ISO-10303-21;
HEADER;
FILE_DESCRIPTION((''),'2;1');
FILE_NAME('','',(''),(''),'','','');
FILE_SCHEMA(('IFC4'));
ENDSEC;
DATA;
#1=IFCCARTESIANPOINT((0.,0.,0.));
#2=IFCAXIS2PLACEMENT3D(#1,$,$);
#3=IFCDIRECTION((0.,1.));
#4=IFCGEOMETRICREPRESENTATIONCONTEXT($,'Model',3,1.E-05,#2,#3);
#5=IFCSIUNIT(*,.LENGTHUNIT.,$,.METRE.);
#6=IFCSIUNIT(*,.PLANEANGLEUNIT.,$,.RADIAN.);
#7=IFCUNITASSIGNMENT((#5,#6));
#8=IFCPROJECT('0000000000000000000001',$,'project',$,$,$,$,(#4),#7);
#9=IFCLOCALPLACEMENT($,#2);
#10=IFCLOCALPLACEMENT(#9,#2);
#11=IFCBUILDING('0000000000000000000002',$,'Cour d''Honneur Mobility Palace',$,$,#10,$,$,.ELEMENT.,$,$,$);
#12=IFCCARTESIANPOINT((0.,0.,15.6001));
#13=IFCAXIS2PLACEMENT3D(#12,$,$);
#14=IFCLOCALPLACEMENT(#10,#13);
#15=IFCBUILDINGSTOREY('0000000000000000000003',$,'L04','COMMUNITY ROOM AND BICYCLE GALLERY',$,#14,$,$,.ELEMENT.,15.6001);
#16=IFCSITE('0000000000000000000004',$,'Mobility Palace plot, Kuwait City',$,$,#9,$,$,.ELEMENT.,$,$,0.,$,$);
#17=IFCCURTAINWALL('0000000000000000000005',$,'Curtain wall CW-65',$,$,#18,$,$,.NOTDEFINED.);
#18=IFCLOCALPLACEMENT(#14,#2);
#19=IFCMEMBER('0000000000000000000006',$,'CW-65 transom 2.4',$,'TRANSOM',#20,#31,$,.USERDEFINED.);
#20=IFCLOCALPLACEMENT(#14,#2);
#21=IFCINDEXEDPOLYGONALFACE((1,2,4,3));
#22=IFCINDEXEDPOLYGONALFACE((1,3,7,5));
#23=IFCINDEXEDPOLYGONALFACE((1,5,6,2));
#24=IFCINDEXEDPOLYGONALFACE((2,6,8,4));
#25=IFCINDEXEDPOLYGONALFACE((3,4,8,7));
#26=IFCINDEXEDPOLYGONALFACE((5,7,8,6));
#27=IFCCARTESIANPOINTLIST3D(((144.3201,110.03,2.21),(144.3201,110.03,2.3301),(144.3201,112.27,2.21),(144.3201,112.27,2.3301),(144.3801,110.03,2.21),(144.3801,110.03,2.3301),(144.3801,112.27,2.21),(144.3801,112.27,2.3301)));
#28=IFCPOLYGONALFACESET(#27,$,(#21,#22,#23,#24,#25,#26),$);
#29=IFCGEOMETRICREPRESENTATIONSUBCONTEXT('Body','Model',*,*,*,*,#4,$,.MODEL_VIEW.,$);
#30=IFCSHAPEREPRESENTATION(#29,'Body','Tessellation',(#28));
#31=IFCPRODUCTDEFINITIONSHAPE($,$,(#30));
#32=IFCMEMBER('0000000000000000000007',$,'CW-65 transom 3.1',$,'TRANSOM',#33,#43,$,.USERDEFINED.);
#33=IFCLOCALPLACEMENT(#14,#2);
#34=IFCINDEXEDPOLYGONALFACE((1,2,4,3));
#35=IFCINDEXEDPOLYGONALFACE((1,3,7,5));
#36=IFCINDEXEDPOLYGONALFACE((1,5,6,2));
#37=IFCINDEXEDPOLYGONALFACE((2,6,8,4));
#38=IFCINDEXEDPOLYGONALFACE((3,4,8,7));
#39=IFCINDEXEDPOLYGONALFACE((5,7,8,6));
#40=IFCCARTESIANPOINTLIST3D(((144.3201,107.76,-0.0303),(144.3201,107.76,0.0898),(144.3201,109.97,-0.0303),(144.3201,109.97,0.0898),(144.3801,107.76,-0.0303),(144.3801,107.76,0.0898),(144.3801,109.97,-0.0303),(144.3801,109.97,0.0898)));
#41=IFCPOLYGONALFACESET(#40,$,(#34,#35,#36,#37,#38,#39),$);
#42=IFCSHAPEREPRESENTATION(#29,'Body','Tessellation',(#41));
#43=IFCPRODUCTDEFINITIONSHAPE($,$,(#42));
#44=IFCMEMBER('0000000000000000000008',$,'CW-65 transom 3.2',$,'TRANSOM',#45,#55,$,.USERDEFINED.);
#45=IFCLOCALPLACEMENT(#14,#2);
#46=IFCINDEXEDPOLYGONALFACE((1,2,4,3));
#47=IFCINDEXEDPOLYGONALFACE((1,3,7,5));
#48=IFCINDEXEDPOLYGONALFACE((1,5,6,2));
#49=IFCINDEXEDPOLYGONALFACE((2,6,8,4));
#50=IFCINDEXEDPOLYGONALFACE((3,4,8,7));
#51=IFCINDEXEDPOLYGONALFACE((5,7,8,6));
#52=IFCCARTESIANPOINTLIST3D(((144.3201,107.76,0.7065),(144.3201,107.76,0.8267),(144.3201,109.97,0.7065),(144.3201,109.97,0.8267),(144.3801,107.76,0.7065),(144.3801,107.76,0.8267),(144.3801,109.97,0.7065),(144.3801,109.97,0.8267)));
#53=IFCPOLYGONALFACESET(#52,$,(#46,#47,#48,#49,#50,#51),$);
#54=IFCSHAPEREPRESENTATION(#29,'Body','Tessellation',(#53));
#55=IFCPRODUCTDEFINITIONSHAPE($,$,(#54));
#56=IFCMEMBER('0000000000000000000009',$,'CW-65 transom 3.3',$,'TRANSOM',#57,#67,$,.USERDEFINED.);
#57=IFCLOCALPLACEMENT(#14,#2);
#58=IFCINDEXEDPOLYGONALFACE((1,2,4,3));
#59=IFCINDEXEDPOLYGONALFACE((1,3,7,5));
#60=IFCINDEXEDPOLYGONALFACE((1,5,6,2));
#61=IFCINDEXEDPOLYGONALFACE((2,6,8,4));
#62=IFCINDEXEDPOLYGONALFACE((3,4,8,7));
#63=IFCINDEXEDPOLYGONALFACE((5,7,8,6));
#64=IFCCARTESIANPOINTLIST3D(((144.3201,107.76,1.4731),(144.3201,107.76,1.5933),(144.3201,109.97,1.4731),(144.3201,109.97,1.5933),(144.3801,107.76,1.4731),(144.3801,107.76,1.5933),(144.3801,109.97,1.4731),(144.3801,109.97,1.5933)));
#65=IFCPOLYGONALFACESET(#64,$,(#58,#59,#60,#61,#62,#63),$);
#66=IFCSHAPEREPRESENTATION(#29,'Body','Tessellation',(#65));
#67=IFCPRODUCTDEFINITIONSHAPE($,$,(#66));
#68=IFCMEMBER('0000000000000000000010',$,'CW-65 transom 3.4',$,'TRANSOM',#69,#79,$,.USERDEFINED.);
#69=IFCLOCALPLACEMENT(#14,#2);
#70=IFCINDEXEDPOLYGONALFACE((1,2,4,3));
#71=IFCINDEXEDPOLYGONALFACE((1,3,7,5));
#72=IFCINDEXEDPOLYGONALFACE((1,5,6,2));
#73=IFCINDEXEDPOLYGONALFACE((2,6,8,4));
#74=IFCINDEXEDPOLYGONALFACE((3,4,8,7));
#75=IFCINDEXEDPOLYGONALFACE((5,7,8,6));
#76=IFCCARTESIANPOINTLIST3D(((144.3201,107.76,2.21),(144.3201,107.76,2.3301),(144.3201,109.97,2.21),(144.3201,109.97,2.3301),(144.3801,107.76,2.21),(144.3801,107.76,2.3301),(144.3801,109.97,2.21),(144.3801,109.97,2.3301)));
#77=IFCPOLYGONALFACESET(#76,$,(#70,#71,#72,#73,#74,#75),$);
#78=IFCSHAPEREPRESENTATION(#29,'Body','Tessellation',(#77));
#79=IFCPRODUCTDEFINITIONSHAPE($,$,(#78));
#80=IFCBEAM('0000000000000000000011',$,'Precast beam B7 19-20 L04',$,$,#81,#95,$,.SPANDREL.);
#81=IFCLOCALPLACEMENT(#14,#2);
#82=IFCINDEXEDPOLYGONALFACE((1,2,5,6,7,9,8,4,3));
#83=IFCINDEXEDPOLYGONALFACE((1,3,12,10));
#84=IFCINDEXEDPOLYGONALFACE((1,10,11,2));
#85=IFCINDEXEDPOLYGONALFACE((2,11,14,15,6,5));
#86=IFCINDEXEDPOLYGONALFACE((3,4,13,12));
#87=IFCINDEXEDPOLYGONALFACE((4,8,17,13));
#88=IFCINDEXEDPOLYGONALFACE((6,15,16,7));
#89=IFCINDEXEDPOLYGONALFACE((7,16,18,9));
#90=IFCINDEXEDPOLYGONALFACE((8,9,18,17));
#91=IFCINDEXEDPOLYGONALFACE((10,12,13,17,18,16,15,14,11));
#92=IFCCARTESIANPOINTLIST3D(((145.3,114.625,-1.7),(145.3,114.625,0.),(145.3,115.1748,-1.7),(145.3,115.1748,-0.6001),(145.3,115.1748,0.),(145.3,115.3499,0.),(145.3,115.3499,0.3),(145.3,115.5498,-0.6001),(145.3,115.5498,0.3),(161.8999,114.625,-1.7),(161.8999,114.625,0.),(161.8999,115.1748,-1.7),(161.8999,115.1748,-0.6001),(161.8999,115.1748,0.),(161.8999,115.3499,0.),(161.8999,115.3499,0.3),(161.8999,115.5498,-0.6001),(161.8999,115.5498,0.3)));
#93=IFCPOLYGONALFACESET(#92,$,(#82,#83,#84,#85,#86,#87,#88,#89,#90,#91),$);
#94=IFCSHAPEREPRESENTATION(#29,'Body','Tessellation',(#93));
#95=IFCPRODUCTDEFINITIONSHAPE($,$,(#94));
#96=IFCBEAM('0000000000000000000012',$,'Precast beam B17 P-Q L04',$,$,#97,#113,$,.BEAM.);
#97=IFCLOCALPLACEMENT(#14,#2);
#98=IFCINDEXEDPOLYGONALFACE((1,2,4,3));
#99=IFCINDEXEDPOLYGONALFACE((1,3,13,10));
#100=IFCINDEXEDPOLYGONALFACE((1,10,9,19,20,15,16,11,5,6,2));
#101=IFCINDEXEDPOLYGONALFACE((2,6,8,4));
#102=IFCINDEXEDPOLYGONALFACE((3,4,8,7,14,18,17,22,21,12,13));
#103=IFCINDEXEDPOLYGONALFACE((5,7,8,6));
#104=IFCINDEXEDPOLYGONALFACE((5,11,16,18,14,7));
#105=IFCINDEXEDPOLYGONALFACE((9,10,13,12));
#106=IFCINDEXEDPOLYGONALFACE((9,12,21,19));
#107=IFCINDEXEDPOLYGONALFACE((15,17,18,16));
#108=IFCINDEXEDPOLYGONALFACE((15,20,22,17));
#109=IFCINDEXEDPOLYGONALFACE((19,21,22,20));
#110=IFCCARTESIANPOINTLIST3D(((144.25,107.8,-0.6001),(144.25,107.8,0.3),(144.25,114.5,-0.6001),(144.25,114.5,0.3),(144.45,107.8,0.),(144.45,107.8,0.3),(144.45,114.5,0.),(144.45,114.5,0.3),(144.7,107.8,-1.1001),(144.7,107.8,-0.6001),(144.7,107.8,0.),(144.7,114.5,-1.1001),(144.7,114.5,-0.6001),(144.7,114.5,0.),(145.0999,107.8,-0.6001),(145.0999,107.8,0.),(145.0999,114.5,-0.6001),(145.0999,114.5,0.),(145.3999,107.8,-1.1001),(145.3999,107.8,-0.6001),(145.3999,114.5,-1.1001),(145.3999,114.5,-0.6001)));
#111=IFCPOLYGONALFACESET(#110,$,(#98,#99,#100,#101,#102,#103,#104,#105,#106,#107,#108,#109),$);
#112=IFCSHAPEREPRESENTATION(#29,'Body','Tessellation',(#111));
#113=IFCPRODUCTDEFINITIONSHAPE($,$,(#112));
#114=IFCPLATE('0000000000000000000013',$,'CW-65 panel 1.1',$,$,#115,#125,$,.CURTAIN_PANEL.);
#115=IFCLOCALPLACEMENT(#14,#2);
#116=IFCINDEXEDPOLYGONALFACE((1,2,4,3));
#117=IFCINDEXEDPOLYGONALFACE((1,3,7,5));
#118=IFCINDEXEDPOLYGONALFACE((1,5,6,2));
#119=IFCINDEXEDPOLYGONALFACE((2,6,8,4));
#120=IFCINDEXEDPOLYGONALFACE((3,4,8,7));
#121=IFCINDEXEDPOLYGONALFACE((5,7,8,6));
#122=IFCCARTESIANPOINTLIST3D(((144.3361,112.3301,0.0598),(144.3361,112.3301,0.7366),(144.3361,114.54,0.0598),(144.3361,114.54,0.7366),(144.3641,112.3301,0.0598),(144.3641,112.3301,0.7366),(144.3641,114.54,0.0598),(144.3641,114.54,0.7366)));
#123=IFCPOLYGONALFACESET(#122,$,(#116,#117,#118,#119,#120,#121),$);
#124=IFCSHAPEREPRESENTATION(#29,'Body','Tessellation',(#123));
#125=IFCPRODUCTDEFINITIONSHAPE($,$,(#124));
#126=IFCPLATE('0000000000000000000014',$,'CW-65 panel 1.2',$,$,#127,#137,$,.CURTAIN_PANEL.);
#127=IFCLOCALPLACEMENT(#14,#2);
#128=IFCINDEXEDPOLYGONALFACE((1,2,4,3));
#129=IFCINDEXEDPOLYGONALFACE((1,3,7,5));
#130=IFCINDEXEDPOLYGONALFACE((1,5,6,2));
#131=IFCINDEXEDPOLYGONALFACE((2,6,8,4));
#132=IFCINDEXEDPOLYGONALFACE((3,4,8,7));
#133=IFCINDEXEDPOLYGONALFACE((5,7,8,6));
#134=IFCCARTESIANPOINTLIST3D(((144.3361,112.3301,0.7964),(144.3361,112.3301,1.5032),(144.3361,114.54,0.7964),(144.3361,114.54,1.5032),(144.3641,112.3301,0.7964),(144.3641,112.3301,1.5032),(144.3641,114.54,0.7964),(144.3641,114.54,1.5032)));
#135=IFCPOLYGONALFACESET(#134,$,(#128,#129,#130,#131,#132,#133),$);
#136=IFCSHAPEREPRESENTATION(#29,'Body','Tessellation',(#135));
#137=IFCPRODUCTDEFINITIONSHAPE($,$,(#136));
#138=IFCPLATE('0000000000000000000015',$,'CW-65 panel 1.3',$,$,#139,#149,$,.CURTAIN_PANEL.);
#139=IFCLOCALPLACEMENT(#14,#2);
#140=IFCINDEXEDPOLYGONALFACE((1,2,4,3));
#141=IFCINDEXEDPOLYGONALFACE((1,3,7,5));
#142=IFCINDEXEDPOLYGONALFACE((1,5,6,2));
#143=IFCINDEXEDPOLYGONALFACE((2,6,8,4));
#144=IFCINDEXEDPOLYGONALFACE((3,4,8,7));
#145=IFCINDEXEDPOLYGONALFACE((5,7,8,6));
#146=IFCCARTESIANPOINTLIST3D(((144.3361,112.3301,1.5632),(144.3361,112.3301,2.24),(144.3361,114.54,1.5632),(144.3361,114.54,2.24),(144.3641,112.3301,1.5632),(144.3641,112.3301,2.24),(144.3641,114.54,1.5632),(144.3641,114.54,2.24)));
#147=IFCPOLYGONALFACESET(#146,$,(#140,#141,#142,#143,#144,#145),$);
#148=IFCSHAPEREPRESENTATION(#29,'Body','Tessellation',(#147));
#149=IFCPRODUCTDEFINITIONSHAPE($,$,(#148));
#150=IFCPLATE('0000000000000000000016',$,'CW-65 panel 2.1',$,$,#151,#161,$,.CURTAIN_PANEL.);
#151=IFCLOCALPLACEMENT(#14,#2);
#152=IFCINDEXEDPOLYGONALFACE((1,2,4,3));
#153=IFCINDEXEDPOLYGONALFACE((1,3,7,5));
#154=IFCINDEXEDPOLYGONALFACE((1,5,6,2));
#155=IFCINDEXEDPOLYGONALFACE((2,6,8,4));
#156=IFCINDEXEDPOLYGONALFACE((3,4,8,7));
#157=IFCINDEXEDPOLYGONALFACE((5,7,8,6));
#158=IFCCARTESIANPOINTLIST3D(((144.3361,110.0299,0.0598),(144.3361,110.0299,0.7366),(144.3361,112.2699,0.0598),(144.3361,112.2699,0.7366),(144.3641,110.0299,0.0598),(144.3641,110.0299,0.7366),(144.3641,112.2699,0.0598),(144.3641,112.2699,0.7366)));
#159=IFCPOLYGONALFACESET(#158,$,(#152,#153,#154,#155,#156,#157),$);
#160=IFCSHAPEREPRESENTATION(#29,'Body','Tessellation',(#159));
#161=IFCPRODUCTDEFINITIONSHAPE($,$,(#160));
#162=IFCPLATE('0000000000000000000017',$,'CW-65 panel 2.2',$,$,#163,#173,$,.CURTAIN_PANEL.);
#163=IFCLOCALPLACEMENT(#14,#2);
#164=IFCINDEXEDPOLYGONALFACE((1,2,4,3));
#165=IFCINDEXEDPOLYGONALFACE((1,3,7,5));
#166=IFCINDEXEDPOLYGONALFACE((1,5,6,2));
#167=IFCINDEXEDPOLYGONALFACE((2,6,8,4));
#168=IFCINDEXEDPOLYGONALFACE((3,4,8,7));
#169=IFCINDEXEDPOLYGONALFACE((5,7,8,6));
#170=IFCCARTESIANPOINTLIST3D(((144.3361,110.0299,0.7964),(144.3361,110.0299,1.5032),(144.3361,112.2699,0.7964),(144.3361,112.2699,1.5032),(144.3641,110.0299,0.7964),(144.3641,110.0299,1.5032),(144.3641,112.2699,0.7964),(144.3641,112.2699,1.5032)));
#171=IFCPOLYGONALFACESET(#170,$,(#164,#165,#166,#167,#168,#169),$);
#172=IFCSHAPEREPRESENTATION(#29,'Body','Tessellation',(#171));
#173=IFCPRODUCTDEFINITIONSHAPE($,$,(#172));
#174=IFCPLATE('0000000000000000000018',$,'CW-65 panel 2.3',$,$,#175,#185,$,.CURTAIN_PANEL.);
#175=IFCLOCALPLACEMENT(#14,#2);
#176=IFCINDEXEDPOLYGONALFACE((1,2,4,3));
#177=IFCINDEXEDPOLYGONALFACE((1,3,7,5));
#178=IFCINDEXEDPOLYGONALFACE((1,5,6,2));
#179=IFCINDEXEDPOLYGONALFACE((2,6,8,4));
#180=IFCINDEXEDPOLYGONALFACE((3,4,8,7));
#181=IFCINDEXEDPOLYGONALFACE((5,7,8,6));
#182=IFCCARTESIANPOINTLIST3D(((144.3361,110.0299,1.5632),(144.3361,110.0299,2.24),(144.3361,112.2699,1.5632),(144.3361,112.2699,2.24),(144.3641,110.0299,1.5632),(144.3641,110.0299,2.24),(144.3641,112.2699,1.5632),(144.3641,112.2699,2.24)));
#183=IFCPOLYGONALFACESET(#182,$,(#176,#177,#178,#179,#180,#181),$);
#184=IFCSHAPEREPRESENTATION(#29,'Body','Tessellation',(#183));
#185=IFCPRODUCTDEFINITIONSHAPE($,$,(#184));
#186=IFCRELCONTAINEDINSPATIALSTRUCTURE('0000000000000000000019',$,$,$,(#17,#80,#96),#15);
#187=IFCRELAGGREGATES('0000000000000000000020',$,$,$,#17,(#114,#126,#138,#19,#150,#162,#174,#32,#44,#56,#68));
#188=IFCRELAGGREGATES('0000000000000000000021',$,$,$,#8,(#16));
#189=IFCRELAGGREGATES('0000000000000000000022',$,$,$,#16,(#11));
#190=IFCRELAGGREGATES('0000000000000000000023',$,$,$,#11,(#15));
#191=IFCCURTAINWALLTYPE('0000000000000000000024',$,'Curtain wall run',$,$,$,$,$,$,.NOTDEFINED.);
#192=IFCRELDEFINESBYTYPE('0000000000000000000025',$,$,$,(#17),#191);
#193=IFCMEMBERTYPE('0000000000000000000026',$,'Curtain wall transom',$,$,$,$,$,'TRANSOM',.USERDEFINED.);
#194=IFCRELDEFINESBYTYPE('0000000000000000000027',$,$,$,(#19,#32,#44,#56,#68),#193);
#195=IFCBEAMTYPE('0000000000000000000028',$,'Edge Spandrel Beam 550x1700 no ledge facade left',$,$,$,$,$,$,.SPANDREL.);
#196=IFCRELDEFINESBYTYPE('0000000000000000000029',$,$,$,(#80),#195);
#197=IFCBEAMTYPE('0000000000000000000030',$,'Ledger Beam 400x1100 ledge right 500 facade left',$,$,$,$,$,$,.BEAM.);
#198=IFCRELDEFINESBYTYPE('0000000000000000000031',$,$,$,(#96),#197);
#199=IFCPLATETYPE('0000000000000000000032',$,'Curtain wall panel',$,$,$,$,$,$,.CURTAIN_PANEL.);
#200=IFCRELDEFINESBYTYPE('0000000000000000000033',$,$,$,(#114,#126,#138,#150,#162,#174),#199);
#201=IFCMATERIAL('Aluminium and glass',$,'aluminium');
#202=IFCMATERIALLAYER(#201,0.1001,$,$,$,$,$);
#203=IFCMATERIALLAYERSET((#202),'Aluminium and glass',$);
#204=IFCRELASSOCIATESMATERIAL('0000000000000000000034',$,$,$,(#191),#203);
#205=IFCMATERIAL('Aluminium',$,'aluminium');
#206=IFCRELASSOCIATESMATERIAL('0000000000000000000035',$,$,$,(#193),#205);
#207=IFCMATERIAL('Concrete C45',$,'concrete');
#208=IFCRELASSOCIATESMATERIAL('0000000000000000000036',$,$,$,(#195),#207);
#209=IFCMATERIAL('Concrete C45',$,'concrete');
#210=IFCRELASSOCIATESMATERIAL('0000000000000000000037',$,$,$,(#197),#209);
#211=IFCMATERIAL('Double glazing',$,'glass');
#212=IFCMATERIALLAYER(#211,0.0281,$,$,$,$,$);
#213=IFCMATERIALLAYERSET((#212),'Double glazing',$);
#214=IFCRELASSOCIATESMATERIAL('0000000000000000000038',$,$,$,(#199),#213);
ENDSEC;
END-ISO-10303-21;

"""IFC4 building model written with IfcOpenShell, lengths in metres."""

from ifc_helpers import new_model, si_unit, direction, frame, origin, origin_2d, place, context, subcontext, project, spatial, polyline, rectangle, outline, extrude, material, layer, layer_set, material_profile, profile_set, type_object, element, aggregate, save


model = new_model("IFC4")

# Units and contexts
model_context = context("Model", 3, precision=1e-05, world=origin(), true_north=direction((0.0, 1.0)))
body_context = subcontext(model_context, "Body", "Model", "MODEL_VIEW")
ifc_project = project(units=[si_unit("LENGTHUNIT", "METRE"), si_unit("PLANEANGLEUNIT", "RADIAN")], contexts=[model_context])

# Site, building, storey
site_placement = place(None, origin())
site = spatial("IfcSite", under=ifc_project, at=site_placement, Name="Mobility Palace plot, Kuwait City", CompositionType="ELEMENT", RefElevation=0.0)
building_placement = place(site_placement, origin())
building = spatial("IfcBuilding", under=site, at=building_placement, Name="Cour d'Honneur Mobility Palace", CompositionType="ELEMENT")
storey_placement = place(building_placement, frame((0.0, 0.0, 15.6001)))
storey = spatial("IfcBuildingStorey", under=building, at=storey_placement, Name="L04", Description="COMMUNITY ROOM AND BICYCLE GALLERY", CompositionType="ELEMENT", Elevation=15.6001)

# Curtain wall, members
ifc_material_1 = material(Name="Aluminium and glass", Category="aluminium")
ifc_layer_1 = layer(ifc_material_1, 0.1001)
ifc_layer_set_1 = layer_set([ifc_layer_1], Name="Aluminium and glass")
curtain_wall_type = type_object("IfcCurtainWallType", Name="Curtain wall run", PredefinedType="NOTDEFINED", material=ifc_layer_set_1)
curtain_wall_placement = place(storey_placement, origin())
curtain_wall = element("IfcCurtainWall", 1, at=curtain_wall_placement, inside=storey, type_object=curtain_wall_type, Name="Curtain wall CW-65", PredefinedType="NOTDEFINED")
ifc_material_2 = material(Name="Aluminium", Category="aluminium")
ifc_material_profile_1 = material_profile(ifc_material_2, rectangle(XDim=0.0601, YDim=0.1201, at=origin_2d()), Name="Curtain wall transom")
ifc_profile_set_1 = profile_set([ifc_material_profile_1], Name="Aluminium")
member_type_1 = type_object("IfcMemberType", Name="Curtain wall transom", ElementType="TRANSOM", PredefinedType="USERDEFINED", material=ifc_profile_set_1)
member_1_placement = place(storey_placement, frame((144.3501, 112.27, 2.27), z_axis=(0.0, -1.0, 0.0), x_axis=(1.0, 0.0, 0.0)))
member_1 = element("IfcMember", 2, at=member_1_placement, type_object=member_type_1, Name="CW-65 transom 2.4", ObjectType="TRANSOM", PredefinedType="USERDEFINED", context=body_context, shape_type="SweptSolid", body=[
    extrude(rectangle(XDim=0.0601, YDim=0.1201, at=origin_2d()), origin(), (0.0, 0.0, 1.0), 2.24),
])
member_2_placement = place(storey_placement, frame((144.3501, 109.97, 0.0298), z_axis=(0.0, -1.0, 0.0), x_axis=(1.0, 0.0, 0.0)))
member_2 = element("IfcMember", 3, at=member_2_placement, type_object=member_type_1, Name="CW-65 transom 3.1", ObjectType="TRANSOM", PredefinedType="USERDEFINED", context=body_context, shape_type="SweptSolid", body=[
    extrude(rectangle(XDim=0.0601, YDim=0.1201, at=origin_2d()), origin(), (0.0, 0.0, 1.0), 2.21),
])
member_3_placement = place(storey_placement, frame((144.3501, 109.97, 0.7666), z_axis=(0.0, -1.0, 0.0), x_axis=(1.0, 0.0, 0.0)))
member_3 = element("IfcMember", 4, at=member_3_placement, type_object=member_type_1, Name="CW-65 transom 3.2", ObjectType="TRANSOM", PredefinedType="USERDEFINED", context=body_context, shape_type="SweptSolid", body=[
    extrude(rectangle(XDim=0.0601, YDim=0.1201, at=origin_2d()), origin(), (0.0, 0.0, 1.0), 2.21),
])
member_4_placement = place(storey_placement, frame((144.3501, 109.97, 1.5332), z_axis=(0.0, -1.0, 0.0), x_axis=(1.0, 0.0, 0.0)))
member_4 = element("IfcMember", 5, at=member_4_placement, type_object=member_type_1, Name="CW-65 transom 3.3", ObjectType="TRANSOM", PredefinedType="USERDEFINED", context=body_context, shape_type="SweptSolid", body=[
    extrude(rectangle(XDim=0.0601, YDim=0.1201, at=origin_2d()), origin(), (0.0, 0.0, 1.0), 2.21),
])
member_5_placement = place(storey_placement, frame((144.3501, 109.97, 2.27), z_axis=(0.0, -1.0, 0.0), x_axis=(1.0, 0.0, 0.0)))
member_5 = element("IfcMember", 6, at=member_5_placement, type_object=member_type_1, Name="CW-65 transom 3.4", ObjectType="TRANSOM", PredefinedType="USERDEFINED", context=body_context, shape_type="SweptSolid", body=[
    extrude(rectangle(XDim=0.0601, YDim=0.1201, at=origin_2d()), origin(), (0.0, 0.0, 1.0), 2.21),
])

# Beams
ifc_material_3 = material(Name="Concrete C45", Category="concrete")
ifc_material_profile_2 = material_profile(ifc_material_3, outline(polyline([(0.2749, -1.7), (0.2749, -0.6001), (0.6499, -0.6001), (0.6499, 0.3), (0.45, 0.3), (0.45, 0.0), (0.2749, 0.0), (-0.2749, 0.0), (-0.2749, -1.7), (0.2749, -1.7)])), Name="Edge Spandrel Beam 550x1700 no ledge facade left")
ifc_profile_set_2 = profile_set([ifc_material_profile_2], Name="Concrete C45")
beam_type_1 = type_object("IfcBeamType", Name="Edge Spandrel Beam 550x1700 no ledge facade left", PredefinedType="SPANDREL", material=ifc_profile_set_2)
beam_1_placement = place(storey_placement, frame((145.3, 114.8999, 0.0), z_axis=(1.0, 0.0, 0.0), x_axis=(0.0, 1.0, 0.0)))
element("IfcBeam", 7, at=beam_1_placement, inside=storey, type_object=beam_type_1, Name="Precast beam B7 19-20 L04", PredefinedType="SPANDREL", context=body_context, shape_type="SweptSolid", body=[
    extrude(outline(polyline([(0.2749, -1.7), (0.2749, -0.6001), (0.6499, -0.6001), (0.6499, 0.3), (0.45, 0.3), (0.45, 0.0), (0.2749, 0.0), (-0.2749, 0.0), (-0.2749, -1.7), (0.2749, -1.7)])), origin(), (0.0, 0.0, 1.0), 16.5999),
])
ifc_material_4 = material(Name="Concrete C45", Category="concrete")
ifc_material_profile_3 = material_profile(ifc_material_4, outline(polyline([(0.2, -1.1001), (0.2, -0.6001), (0.6499, -0.6001), (0.6499, 0.3), (0.45, 0.3), (0.45, 0.0), (0.2, 0.0), (-0.2, 0.0), (-0.2, -0.6001), (-0.5, -0.6001), (-0.5, -1.1001), (0.2, -1.1001)])), Name="Ledger Beam 400x1100 ledge right 500 facade left")
ifc_profile_set_3 = profile_set([ifc_material_profile_3], Name="Concrete C45")
beam_type_2 = type_object("IfcBeamType", Name="Ledger Beam 400x1100 ledge right 500 facade left", PredefinedType="BEAM", material=ifc_profile_set_3)
beam_2_placement = place(storey_placement, frame((144.8999, 107.8, 0.0), z_axis=(0.0, 1.0, 0.0), x_axis=(-1.0, 0.0, 0.0)))
element("IfcBeam", 8, at=beam_2_placement, inside=storey, type_object=beam_type_2, Name="Precast beam B17 P-Q L04", PredefinedType="BEAM", context=body_context, shape_type="SweptSolid", body=[
    extrude(outline(polyline([(0.2, -1.1001), (0.2, -0.6001), (0.6499, -0.6001), (0.6499, 0.3), (0.45, 0.3), (0.45, 0.0), (0.2, 0.0), (-0.2, 0.0), (-0.2, -0.6001), (-0.5, -0.6001), (-0.5, -1.1001), (0.2, -1.1001)])), origin(), (0.0, 0.0, 1.0), 6.7),
])

# Plates
ifc_material_5 = material(Name="Double glazing", Category="glass")
ifc_layer_2 = layer(ifc_material_5, 0.0281)
ifc_layer_set_2 = layer_set([ifc_layer_2], Name="Double glazing")
plate_type = type_object("IfcPlateType", Name="Curtain wall panel", PredefinedType="CURTAIN_PANEL", material=ifc_layer_set_2)
plate_1_placement = place(storey_placement, frame((144.3501, 113.4351, 0.0598), z_axis=(0.0, 0.0, 1.0), x_axis=(0.0, -1.0, 0.0)))
plate_1 = element("IfcPlate", 9, at=plate_1_placement, type_object=plate_type, Name="CW-65 panel 1.1", PredefinedType="CURTAIN_PANEL", context=body_context, shape_type="SweptSolid", body=[
    extrude(rectangle(XDim=2.21, YDim=0.0281, at=origin_2d()), origin(), (0.0, 0.0, 1.0), 0.6768),
])
plate_2_placement = place(storey_placement, frame((144.3501, 113.4351, 0.7964), z_axis=(0.0, 0.0, 1.0), x_axis=(0.0, -1.0, 0.0)))
plate_2 = element("IfcPlate", 10, at=plate_2_placement, type_object=plate_type, Name="CW-65 panel 1.2", PredefinedType="CURTAIN_PANEL", context=body_context, shape_type="SweptSolid", body=[
    extrude(rectangle(XDim=2.21, YDim=0.0281, at=origin_2d()), origin(), (0.0, 0.0, 1.0), 0.7068),
])
plate_3_placement = place(storey_placement, frame((144.3501, 113.4351, 1.5632), z_axis=(0.0, 0.0, 1.0), x_axis=(0.0, -1.0, 0.0)))
plate_3 = element("IfcPlate", 11, at=plate_3_placement, type_object=plate_type, Name="CW-65 panel 1.3", PredefinedType="CURTAIN_PANEL", context=body_context, shape_type="SweptSolid", body=[
    extrude(rectangle(XDim=2.21, YDim=0.0281, at=origin_2d()), origin(), (0.0, 0.0, 1.0), 0.6768),
])
plate_4_placement = place(storey_placement, frame((144.3501, 111.1499, 0.0598), z_axis=(0.0, 0.0, 1.0), x_axis=(0.0, -1.0, 0.0)))
plate_4 = element("IfcPlate", 12, at=plate_4_placement, type_object=plate_type, Name="CW-65 panel 2.1", PredefinedType="CURTAIN_PANEL", context=body_context, shape_type="SweptSolid", body=[
    extrude(rectangle(XDim=2.24, YDim=0.0281, at=origin_2d()), origin(), (0.0, 0.0, 1.0), 0.6768),
])
plate_5_placement = place(storey_placement, frame((144.3501, 111.1499, 0.7964), z_axis=(0.0, 0.0, 1.0), x_axis=(0.0, -1.0, 0.0)))
plate_5 = element("IfcPlate", 13, at=plate_5_placement, type_object=plate_type, Name="CW-65 panel 2.2", PredefinedType="CURTAIN_PANEL", context=body_context, shape_type="SweptSolid", body=[
    extrude(rectangle(XDim=2.24, YDim=0.0281, at=origin_2d()), origin(), (0.0, 0.0, 1.0), 0.7068),
])
plate_6_placement = place(storey_placement, frame((144.3501, 111.1499, 1.5632), z_axis=(0.0, 0.0, 1.0), x_axis=(0.0, -1.0, 0.0)))
plate_6 = element("IfcPlate", 14, at=plate_6_placement, type_object=plate_type, Name="CW-65 panel 2.3", PredefinedType="CURTAIN_PANEL", context=body_context, shape_type="SweptSolid", body=[
    extrude(rectangle(XDim=2.24, YDim=0.0281, at=origin_2d()), origin(), (0.0, 0.0, 1.0), 0.6768),
])
aggregate(curtain_wall, [plate_1, plate_2, plate_3, member_1, plate_4, plate_5, plate_6, member_2, member_3, member_4, member_5])

save(model, "model.ifc")
